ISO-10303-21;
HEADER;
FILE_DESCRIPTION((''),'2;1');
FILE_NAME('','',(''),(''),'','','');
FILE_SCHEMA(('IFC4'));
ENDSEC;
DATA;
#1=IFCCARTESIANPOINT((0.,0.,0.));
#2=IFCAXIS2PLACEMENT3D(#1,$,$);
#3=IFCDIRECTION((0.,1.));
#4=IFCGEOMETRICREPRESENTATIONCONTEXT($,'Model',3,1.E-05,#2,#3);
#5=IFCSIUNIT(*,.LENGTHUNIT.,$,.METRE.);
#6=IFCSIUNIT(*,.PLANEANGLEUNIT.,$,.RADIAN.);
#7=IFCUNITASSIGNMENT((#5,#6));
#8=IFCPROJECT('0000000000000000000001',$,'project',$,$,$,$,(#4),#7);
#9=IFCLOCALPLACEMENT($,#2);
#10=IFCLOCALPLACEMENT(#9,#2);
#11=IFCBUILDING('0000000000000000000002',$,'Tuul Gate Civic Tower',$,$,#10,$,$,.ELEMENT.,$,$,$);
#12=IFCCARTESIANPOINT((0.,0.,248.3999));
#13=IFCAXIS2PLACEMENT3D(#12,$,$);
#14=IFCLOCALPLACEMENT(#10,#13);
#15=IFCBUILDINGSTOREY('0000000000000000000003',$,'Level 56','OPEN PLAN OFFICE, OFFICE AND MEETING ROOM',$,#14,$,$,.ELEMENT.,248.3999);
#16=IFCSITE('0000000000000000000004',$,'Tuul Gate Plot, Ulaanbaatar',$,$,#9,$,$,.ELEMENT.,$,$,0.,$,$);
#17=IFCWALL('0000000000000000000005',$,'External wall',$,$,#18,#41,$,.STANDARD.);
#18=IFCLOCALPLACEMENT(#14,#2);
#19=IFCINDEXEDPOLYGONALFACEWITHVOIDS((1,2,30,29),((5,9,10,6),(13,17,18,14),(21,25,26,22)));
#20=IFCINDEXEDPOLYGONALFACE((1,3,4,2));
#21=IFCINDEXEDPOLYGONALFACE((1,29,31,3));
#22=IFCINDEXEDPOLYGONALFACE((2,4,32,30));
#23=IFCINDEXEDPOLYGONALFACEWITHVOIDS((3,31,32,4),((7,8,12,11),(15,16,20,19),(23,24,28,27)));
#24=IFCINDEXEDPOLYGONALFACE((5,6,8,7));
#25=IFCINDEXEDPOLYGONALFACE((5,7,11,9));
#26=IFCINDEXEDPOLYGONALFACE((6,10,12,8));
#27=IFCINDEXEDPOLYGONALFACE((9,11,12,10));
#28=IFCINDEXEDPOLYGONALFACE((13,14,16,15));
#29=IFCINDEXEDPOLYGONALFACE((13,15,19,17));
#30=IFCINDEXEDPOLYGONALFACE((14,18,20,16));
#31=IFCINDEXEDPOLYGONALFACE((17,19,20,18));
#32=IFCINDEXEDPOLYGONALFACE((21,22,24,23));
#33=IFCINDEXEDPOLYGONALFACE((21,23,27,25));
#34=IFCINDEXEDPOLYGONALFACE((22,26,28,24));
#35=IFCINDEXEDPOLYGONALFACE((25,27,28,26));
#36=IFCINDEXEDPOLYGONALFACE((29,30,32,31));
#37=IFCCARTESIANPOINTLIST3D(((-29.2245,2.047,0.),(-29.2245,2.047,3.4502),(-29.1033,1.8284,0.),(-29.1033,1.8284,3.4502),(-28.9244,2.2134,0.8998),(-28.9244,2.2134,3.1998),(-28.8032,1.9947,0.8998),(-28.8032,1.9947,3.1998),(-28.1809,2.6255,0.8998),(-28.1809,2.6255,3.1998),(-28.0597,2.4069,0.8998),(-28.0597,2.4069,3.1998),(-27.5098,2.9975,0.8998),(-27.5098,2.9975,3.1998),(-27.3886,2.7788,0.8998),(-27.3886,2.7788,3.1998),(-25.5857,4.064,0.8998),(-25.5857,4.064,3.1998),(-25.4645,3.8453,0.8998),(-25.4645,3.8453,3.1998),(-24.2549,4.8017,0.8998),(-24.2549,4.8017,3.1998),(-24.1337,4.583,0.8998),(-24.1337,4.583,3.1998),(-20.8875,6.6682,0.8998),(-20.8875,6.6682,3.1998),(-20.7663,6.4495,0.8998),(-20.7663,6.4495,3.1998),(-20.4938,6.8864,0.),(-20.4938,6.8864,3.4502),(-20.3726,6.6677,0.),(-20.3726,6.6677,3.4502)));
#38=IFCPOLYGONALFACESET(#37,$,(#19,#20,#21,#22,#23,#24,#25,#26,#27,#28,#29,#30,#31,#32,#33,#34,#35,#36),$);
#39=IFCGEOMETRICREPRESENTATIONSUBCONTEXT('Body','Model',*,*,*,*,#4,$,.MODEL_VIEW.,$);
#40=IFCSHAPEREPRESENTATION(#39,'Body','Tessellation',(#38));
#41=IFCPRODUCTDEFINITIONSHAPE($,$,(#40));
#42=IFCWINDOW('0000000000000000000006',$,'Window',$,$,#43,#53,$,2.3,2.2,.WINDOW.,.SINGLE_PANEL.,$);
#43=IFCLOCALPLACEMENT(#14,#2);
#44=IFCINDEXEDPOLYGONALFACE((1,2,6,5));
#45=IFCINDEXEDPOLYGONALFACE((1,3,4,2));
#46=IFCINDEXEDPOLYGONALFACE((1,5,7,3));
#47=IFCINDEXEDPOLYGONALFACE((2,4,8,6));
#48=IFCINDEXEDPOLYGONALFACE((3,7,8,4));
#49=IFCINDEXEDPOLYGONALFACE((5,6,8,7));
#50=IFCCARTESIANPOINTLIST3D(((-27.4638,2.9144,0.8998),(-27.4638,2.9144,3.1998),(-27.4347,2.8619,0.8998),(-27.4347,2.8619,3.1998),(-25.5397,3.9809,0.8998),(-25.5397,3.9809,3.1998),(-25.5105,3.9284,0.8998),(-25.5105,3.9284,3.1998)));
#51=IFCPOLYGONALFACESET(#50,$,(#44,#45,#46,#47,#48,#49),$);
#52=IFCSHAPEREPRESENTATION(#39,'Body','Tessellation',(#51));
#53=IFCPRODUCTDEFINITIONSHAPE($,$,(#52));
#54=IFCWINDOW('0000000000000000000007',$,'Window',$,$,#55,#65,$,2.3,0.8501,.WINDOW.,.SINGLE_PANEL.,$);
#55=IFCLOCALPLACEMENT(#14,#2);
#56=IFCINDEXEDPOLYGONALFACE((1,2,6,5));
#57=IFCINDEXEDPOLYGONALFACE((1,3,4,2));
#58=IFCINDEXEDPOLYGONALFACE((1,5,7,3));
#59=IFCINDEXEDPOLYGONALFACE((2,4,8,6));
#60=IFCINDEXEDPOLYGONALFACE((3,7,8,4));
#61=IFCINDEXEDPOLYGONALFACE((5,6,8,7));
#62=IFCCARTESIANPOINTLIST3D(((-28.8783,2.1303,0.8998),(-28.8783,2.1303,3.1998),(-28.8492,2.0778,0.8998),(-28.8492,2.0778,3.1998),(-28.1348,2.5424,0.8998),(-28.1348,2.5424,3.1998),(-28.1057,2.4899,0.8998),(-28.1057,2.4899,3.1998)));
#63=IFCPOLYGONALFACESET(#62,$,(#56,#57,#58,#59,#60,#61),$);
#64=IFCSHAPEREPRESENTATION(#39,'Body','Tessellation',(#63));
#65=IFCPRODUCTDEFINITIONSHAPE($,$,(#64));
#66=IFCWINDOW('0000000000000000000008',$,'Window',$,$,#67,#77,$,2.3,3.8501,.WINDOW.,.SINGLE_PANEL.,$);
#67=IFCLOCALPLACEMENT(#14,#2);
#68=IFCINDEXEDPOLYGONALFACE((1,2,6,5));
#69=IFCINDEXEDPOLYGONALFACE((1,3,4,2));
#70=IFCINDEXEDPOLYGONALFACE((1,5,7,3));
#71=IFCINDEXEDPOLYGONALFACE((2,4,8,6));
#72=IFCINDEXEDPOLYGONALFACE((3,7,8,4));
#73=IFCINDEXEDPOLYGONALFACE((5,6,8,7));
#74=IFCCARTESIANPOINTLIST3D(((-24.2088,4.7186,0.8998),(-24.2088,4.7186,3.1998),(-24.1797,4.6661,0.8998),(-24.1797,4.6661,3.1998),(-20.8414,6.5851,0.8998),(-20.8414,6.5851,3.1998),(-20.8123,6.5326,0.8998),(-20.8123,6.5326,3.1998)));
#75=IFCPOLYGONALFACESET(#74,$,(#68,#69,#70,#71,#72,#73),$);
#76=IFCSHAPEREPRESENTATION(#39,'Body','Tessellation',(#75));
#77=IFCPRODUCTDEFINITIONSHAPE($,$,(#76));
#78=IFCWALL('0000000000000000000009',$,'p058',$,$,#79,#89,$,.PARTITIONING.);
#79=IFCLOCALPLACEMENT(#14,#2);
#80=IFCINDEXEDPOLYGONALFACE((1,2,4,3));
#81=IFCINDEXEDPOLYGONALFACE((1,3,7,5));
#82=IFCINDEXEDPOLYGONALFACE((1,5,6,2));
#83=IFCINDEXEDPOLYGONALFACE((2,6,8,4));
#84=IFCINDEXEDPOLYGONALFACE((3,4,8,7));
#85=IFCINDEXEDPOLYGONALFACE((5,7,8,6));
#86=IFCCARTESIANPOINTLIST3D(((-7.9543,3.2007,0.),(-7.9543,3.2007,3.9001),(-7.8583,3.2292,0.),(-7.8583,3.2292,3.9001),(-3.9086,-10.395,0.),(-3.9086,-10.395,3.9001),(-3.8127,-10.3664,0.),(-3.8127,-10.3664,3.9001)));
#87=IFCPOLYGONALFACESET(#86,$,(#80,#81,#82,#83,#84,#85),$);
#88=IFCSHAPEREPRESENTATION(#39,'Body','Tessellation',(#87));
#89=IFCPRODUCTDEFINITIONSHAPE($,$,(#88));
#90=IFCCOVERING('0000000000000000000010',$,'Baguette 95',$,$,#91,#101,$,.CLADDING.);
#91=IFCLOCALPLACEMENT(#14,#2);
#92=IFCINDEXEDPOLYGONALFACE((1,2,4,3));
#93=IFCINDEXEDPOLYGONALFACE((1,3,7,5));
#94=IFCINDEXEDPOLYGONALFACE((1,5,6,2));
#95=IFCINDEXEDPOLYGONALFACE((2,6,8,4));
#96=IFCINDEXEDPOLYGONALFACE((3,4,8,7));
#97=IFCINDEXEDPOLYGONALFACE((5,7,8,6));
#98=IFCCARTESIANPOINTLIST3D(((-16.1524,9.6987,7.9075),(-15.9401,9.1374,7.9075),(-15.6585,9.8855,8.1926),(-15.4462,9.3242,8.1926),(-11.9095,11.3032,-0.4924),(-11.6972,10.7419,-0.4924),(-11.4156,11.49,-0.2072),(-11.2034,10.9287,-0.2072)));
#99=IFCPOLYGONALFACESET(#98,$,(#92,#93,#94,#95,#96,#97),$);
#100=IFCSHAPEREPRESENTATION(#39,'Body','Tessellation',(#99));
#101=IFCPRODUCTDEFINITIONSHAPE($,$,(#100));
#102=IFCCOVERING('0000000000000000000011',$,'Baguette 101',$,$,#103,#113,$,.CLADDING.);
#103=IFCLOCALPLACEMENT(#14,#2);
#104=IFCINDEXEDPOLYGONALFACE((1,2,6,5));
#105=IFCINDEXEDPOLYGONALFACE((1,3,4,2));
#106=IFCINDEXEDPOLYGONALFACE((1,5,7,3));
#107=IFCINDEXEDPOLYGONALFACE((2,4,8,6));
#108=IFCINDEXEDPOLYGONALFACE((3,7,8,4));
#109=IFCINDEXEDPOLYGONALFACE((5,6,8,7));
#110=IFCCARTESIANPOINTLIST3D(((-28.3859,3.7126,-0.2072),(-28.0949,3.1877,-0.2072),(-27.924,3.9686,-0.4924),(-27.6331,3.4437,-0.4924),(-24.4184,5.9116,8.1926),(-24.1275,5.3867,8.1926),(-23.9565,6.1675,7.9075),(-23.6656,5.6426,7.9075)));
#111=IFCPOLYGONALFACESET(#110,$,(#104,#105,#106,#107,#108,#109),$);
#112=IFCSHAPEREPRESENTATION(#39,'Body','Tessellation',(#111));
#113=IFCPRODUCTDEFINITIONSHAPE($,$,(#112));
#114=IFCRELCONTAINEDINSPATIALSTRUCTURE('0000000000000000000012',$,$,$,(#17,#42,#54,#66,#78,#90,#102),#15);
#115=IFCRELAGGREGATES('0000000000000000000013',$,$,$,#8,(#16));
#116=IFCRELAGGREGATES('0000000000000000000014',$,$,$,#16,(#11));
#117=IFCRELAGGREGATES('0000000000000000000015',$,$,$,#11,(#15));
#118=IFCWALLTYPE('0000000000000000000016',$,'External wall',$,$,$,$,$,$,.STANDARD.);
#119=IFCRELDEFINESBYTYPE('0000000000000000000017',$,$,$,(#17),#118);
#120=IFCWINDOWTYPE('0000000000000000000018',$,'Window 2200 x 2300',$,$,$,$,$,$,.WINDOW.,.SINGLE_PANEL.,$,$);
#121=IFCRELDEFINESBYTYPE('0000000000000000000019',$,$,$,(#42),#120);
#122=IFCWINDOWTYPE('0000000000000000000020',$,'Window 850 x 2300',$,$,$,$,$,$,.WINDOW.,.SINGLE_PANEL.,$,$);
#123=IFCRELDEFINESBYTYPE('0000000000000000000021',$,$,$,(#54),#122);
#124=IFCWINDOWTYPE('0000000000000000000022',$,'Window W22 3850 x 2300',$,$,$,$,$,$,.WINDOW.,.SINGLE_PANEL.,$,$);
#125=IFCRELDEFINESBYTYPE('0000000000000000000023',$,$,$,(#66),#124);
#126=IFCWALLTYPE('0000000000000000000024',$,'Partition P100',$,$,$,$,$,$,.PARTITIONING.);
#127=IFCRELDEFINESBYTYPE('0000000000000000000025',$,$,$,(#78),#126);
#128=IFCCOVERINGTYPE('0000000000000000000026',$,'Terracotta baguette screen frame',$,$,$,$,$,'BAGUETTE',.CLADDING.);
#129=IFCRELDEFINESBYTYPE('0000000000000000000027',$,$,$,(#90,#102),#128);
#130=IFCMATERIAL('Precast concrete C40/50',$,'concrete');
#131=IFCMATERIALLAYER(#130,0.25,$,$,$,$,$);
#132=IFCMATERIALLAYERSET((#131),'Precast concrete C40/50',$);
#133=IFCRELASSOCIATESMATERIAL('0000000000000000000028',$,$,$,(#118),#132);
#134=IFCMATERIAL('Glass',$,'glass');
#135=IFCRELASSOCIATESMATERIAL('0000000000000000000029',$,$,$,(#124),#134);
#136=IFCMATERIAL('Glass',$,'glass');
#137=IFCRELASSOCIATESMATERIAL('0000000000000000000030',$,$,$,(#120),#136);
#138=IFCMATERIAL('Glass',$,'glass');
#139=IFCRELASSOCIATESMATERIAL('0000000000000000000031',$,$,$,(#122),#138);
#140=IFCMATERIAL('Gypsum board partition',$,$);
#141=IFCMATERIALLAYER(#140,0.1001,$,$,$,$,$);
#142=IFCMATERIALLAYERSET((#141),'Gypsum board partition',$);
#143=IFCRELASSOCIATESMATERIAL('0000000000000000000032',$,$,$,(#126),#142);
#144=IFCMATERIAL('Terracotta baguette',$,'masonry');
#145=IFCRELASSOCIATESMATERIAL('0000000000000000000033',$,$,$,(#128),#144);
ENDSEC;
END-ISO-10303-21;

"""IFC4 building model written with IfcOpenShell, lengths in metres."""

from ifc_helpers import new_model, si_unit, direction, frame, frame_2d, origin, origin_2d, place, context, subcontext, project, spatial, rectangle, extrude, material, layer, layer_set, material_profile, profile_set, type_object, element, fill, save


model = new_model("IFC4")

# Units and contexts
model_context = context("Model", 3, precision=1e-05, world=origin(), true_north=direction((0.0, 1.0)))
body_context = subcontext(model_context, "Body", "Model", "MODEL_VIEW")
ifc_project = project(units=[si_unit("LENGTHUNIT", "METRE"), si_unit("PLANEANGLEUNIT", "RADIAN")], contexts=[model_context])

# Site, building, storey
site_placement = place(None, origin())
site = spatial("IfcSite", under=ifc_project, at=site_placement, Name="Tuul Gate Plot, Ulaanbaatar", CompositionType="ELEMENT", RefElevation=0.0)
building_placement = place(site_placement, origin())
building = spatial("IfcBuilding", under=site, at=building_placement, Name="Tuul Gate Civic Tower", CompositionType="ELEMENT")
storey_placement = place(building_placement, frame((0.0, 0.0, 248.3999)))
storey = spatial("IfcBuildingStorey", under=building, at=storey_placement, Name="Level 56", Description="OPEN PLAN OFFICE, OFFICE AND MEETING ROOM", CompositionType="ELEMENT", Elevation=248.3999)

# Wall, openings, windows
ifc_material_1 = material(Name="Precast concrete C40/50", Category="concrete")
ifc_layer_1 = layer(ifc_material_1, 0.25)
ifc_layer_set_1 = layer_set([ifc_layer_1], Name="Precast concrete C40/50")
wall_type_1 = type_object("IfcWallType", Name="External wall", PredefinedType="STANDARD", material=ifc_layer_set_1)
ifc_material_2 = material(Name="Glass", Category="glass")
window_type_1 = type_object("IfcWindowType", Name="Window W22 3850 x 2300", PartitioningType="SINGLE_PANEL", PredefinedType="WINDOW", material=ifc_material_2)
wall_1_placement = place(storey_placement, frame((-20.4331, 6.7771, 0.0), z_axis=(0.0, 0.0, 1.0), x_axis=(-0.874626, -0.484798, 0.0)))
wall_1 = element("IfcWall", 1, at=wall_1_placement, inside=storey, type_object=wall_type_1, Name="External wall", PredefinedType="STANDARD", context=body_context, shape_type="SweptSolid", body=[
    extrude(rectangle(XDim=9.9822, YDim=0.25, at=frame_2d((4.9912, 0.0))), origin(), (0.0, 0.0, 1.0), 3.4502),
])
opening_1_placement = place(wall_1_placement, frame((0.4502, 0.0, 0.8999)))
opening_1 = element("IfcOpeningElement", 2, at=opening_1_placement, cuts=wall_1, PredefinedType="OPENING", context=body_context, shape_type="SweptSolid", body=[
    extrude(rectangle(XDim=3.8501, YDim=2.3, at=frame_2d((1.925, 1.1499))), frame((0.0, 0.135, 0.0), z_axis=(0.0, -1.0, 0.0), x_axis=(1.0, 0.0, 0.0)), (0.0, 0.0, 1.0), 0.27),
])
opening_2_placement = place(wall_1_placement, frame((5.8218, 0.0, 0.8999)))
opening_2 = element("IfcOpeningElement", 3, at=opening_2_placement, cuts=wall_1, PredefinedType="OPENING", context=body_context, shape_type="SweptSolid", body=[
    extrude(rectangle(XDim=2.2, YDim=2.3, at=frame_2d((1.1001, 1.1499))), frame((0.0, 0.135, 0.0), z_axis=(0.0, -1.0, 0.0), x_axis=(1.0, 0.0, 0.0)), (0.0, 0.0, 1.0), 0.27),
])
opening_3_placement = place(wall_1_placement, frame((8.7891, 0.0, 0.8999)))
opening_3 = element("IfcOpeningElement", 4, at=opening_3_placement, cuts=wall_1, PredefinedType="OPENING", context=body_context, shape_type="SweptSolid", body=[
    extrude(rectangle(XDim=0.8501, YDim=2.3, at=frame_2d((0.425, 1.1499))), frame((0.0, 0.135, 0.0), z_axis=(0.0, -1.0, 0.0), x_axis=(1.0, 0.0, 0.0)), (0.0, 0.0, 1.0), 0.27),
])
ifc_material_3 = material(Name="Glass", Category="glass")
window_type_2 = type_object("IfcWindowType", Name="Window 2200 x 2300", PartitioningType="SINGLE_PANEL", PredefinedType="WINDOW", material=ifc_material_3)
window_1_placement = place(opening_2_placement, origin())
window_1 = element("IfcWindow", 5, at=window_1_placement, inside=storey, type_object=window_type_2, Name="Window", OverallHeight=2.3, OverallWidth=2.2, PartitioningType="SINGLE_PANEL", PredefinedType="WINDOW", context=body_context, shape_type="SweptSolid", body=[
    extrude(rectangle(XDim=2.2, YDim=2.3, at=frame_2d((1.1001, 1.1499))), frame((0.0, 0.03, 0.0), z_axis=(0.0, -1.0, 0.0), x_axis=(1.0, 0.0, 0.0)), (0.0, 0.0, 1.0), 0.0601),
])
fill(opening_2, window_1)
ifc_material_4 = material(Name="Glass", Category="glass")
window_type_3 = type_object("IfcWindowType", Name="Window 850 x 2300", PartitioningType="SINGLE_PANEL", PredefinedType="WINDOW", material=ifc_material_4)
window_2_placement = place(opening_3_placement, origin())
window_2 = element("IfcWindow", 6, at=window_2_placement, inside=storey, type_object=window_type_3, Name="Window", OverallHeight=2.3, OverallWidth=0.8501, PartitioningType="SINGLE_PANEL", PredefinedType="WINDOW", context=body_context, shape_type="SweptSolid", body=[
    extrude(rectangle(XDim=0.8501, YDim=2.3, at=frame_2d((0.425, 1.1499))), frame((0.0, 0.03, 0.0), z_axis=(0.0, -1.0, 0.0), x_axis=(1.0, 0.0, 0.0)), (0.0, 0.0, 1.0), 0.0601),
])
fill(opening_3, window_2)
window_3_placement = place(opening_1_placement, origin())
window_3 = element("IfcWindow", 7, at=window_3_placement, inside=storey, type_object=window_type_1, Name="Window", OverallHeight=2.3, OverallWidth=3.8501, PartitioningType="SINGLE_PANEL", PredefinedType="WINDOW", context=body_context, shape_type="SweptSolid", body=[
    extrude(rectangle(XDim=3.8501, YDim=2.3, at=frame_2d((1.925, 1.1499))), frame((0.0, 0.03, 0.0), z_axis=(0.0, -1.0, 0.0), x_axis=(1.0, 0.0, 0.0)), (0.0, 0.0, 1.0), 0.0601),
])
fill(opening_1, window_3)

# Wall
ifc_material_5 = material(Name="Gypsum board partition")
ifc_layer_2 = layer(ifc_material_5, 0.1001)
ifc_layer_set_2 = layer_set([ifc_layer_2], Name="Gypsum board partition")
wall_type_2 = type_object("IfcWallType", Name="Partition P100", PredefinedType="PARTITIONING", material=ifc_layer_set_2)
wall_2_placement = place(storey_placement, frame((-7.9062, 3.2148, 0.0), z_axis=(0.0, 0.0, 1.0), x_axis=(0.285209, -0.958465, 0.0)))
element("IfcWall", 8, at=wall_2_placement, inside=storey, type_object=wall_type_2, Name="p058", PredefinedType="PARTITIONING", context=body_context, shape_type="SweptSolid", body=[
    extrude(rectangle(XDim=14.1848, YDim=0.1001, at=frame_2d((7.0923, 0.0))), origin(), (0.0, 0.0, 1.0), 3.9001),
])

# Coverings
ifc_material_6 = material(Name="Terracotta baguette", Category="masonry")
ifc_material_profile_1 = material_profile(ifc_material_6, rectangle(XDim=0.6001, YDim=0.6001, at=origin_2d()), Name="Terracotta baguette screen frame")
ifc_profile_set_1 = profile_set([ifc_material_profile_1], Name="Terracotta baguette")
covering_type = type_object("IfcCoveringType", Name="Terracotta baguette screen frame", ElementType="BAGUETTE", PredefinedType="CLADDING", material=ifc_profile_set_1)
for number, where, z_axis, x_axis, name in (
    (9, (-15.7993, 9.5115, 8.05), (0.444449, 0.168072, -0.879896), (-0.353711, 0.935355, 0.0), "Baguette 95"),
    (10, (-24.042, 5.7771, 8.05), (-0.415602, -0.230344, -0.879896), (0.484765, -0.874644, 0.0), "Baguette 101"),
):
    element("IfcCovering", number, at=place(storey_placement, frame(where, z_axis=z_axis, x_axis=x_axis)), inside=storey, type_object=covering_type, Name=name, PredefinedType="CLADDING", context=body_context, shape_type="SweptSolid", body=[
        extrude(rectangle(XDim=0.6001, YDim=0.6001, at=origin_2d()), origin(), (0.0, 0.0, 1.0), 9.5464),
    ])

save(model, "model.ifc")
